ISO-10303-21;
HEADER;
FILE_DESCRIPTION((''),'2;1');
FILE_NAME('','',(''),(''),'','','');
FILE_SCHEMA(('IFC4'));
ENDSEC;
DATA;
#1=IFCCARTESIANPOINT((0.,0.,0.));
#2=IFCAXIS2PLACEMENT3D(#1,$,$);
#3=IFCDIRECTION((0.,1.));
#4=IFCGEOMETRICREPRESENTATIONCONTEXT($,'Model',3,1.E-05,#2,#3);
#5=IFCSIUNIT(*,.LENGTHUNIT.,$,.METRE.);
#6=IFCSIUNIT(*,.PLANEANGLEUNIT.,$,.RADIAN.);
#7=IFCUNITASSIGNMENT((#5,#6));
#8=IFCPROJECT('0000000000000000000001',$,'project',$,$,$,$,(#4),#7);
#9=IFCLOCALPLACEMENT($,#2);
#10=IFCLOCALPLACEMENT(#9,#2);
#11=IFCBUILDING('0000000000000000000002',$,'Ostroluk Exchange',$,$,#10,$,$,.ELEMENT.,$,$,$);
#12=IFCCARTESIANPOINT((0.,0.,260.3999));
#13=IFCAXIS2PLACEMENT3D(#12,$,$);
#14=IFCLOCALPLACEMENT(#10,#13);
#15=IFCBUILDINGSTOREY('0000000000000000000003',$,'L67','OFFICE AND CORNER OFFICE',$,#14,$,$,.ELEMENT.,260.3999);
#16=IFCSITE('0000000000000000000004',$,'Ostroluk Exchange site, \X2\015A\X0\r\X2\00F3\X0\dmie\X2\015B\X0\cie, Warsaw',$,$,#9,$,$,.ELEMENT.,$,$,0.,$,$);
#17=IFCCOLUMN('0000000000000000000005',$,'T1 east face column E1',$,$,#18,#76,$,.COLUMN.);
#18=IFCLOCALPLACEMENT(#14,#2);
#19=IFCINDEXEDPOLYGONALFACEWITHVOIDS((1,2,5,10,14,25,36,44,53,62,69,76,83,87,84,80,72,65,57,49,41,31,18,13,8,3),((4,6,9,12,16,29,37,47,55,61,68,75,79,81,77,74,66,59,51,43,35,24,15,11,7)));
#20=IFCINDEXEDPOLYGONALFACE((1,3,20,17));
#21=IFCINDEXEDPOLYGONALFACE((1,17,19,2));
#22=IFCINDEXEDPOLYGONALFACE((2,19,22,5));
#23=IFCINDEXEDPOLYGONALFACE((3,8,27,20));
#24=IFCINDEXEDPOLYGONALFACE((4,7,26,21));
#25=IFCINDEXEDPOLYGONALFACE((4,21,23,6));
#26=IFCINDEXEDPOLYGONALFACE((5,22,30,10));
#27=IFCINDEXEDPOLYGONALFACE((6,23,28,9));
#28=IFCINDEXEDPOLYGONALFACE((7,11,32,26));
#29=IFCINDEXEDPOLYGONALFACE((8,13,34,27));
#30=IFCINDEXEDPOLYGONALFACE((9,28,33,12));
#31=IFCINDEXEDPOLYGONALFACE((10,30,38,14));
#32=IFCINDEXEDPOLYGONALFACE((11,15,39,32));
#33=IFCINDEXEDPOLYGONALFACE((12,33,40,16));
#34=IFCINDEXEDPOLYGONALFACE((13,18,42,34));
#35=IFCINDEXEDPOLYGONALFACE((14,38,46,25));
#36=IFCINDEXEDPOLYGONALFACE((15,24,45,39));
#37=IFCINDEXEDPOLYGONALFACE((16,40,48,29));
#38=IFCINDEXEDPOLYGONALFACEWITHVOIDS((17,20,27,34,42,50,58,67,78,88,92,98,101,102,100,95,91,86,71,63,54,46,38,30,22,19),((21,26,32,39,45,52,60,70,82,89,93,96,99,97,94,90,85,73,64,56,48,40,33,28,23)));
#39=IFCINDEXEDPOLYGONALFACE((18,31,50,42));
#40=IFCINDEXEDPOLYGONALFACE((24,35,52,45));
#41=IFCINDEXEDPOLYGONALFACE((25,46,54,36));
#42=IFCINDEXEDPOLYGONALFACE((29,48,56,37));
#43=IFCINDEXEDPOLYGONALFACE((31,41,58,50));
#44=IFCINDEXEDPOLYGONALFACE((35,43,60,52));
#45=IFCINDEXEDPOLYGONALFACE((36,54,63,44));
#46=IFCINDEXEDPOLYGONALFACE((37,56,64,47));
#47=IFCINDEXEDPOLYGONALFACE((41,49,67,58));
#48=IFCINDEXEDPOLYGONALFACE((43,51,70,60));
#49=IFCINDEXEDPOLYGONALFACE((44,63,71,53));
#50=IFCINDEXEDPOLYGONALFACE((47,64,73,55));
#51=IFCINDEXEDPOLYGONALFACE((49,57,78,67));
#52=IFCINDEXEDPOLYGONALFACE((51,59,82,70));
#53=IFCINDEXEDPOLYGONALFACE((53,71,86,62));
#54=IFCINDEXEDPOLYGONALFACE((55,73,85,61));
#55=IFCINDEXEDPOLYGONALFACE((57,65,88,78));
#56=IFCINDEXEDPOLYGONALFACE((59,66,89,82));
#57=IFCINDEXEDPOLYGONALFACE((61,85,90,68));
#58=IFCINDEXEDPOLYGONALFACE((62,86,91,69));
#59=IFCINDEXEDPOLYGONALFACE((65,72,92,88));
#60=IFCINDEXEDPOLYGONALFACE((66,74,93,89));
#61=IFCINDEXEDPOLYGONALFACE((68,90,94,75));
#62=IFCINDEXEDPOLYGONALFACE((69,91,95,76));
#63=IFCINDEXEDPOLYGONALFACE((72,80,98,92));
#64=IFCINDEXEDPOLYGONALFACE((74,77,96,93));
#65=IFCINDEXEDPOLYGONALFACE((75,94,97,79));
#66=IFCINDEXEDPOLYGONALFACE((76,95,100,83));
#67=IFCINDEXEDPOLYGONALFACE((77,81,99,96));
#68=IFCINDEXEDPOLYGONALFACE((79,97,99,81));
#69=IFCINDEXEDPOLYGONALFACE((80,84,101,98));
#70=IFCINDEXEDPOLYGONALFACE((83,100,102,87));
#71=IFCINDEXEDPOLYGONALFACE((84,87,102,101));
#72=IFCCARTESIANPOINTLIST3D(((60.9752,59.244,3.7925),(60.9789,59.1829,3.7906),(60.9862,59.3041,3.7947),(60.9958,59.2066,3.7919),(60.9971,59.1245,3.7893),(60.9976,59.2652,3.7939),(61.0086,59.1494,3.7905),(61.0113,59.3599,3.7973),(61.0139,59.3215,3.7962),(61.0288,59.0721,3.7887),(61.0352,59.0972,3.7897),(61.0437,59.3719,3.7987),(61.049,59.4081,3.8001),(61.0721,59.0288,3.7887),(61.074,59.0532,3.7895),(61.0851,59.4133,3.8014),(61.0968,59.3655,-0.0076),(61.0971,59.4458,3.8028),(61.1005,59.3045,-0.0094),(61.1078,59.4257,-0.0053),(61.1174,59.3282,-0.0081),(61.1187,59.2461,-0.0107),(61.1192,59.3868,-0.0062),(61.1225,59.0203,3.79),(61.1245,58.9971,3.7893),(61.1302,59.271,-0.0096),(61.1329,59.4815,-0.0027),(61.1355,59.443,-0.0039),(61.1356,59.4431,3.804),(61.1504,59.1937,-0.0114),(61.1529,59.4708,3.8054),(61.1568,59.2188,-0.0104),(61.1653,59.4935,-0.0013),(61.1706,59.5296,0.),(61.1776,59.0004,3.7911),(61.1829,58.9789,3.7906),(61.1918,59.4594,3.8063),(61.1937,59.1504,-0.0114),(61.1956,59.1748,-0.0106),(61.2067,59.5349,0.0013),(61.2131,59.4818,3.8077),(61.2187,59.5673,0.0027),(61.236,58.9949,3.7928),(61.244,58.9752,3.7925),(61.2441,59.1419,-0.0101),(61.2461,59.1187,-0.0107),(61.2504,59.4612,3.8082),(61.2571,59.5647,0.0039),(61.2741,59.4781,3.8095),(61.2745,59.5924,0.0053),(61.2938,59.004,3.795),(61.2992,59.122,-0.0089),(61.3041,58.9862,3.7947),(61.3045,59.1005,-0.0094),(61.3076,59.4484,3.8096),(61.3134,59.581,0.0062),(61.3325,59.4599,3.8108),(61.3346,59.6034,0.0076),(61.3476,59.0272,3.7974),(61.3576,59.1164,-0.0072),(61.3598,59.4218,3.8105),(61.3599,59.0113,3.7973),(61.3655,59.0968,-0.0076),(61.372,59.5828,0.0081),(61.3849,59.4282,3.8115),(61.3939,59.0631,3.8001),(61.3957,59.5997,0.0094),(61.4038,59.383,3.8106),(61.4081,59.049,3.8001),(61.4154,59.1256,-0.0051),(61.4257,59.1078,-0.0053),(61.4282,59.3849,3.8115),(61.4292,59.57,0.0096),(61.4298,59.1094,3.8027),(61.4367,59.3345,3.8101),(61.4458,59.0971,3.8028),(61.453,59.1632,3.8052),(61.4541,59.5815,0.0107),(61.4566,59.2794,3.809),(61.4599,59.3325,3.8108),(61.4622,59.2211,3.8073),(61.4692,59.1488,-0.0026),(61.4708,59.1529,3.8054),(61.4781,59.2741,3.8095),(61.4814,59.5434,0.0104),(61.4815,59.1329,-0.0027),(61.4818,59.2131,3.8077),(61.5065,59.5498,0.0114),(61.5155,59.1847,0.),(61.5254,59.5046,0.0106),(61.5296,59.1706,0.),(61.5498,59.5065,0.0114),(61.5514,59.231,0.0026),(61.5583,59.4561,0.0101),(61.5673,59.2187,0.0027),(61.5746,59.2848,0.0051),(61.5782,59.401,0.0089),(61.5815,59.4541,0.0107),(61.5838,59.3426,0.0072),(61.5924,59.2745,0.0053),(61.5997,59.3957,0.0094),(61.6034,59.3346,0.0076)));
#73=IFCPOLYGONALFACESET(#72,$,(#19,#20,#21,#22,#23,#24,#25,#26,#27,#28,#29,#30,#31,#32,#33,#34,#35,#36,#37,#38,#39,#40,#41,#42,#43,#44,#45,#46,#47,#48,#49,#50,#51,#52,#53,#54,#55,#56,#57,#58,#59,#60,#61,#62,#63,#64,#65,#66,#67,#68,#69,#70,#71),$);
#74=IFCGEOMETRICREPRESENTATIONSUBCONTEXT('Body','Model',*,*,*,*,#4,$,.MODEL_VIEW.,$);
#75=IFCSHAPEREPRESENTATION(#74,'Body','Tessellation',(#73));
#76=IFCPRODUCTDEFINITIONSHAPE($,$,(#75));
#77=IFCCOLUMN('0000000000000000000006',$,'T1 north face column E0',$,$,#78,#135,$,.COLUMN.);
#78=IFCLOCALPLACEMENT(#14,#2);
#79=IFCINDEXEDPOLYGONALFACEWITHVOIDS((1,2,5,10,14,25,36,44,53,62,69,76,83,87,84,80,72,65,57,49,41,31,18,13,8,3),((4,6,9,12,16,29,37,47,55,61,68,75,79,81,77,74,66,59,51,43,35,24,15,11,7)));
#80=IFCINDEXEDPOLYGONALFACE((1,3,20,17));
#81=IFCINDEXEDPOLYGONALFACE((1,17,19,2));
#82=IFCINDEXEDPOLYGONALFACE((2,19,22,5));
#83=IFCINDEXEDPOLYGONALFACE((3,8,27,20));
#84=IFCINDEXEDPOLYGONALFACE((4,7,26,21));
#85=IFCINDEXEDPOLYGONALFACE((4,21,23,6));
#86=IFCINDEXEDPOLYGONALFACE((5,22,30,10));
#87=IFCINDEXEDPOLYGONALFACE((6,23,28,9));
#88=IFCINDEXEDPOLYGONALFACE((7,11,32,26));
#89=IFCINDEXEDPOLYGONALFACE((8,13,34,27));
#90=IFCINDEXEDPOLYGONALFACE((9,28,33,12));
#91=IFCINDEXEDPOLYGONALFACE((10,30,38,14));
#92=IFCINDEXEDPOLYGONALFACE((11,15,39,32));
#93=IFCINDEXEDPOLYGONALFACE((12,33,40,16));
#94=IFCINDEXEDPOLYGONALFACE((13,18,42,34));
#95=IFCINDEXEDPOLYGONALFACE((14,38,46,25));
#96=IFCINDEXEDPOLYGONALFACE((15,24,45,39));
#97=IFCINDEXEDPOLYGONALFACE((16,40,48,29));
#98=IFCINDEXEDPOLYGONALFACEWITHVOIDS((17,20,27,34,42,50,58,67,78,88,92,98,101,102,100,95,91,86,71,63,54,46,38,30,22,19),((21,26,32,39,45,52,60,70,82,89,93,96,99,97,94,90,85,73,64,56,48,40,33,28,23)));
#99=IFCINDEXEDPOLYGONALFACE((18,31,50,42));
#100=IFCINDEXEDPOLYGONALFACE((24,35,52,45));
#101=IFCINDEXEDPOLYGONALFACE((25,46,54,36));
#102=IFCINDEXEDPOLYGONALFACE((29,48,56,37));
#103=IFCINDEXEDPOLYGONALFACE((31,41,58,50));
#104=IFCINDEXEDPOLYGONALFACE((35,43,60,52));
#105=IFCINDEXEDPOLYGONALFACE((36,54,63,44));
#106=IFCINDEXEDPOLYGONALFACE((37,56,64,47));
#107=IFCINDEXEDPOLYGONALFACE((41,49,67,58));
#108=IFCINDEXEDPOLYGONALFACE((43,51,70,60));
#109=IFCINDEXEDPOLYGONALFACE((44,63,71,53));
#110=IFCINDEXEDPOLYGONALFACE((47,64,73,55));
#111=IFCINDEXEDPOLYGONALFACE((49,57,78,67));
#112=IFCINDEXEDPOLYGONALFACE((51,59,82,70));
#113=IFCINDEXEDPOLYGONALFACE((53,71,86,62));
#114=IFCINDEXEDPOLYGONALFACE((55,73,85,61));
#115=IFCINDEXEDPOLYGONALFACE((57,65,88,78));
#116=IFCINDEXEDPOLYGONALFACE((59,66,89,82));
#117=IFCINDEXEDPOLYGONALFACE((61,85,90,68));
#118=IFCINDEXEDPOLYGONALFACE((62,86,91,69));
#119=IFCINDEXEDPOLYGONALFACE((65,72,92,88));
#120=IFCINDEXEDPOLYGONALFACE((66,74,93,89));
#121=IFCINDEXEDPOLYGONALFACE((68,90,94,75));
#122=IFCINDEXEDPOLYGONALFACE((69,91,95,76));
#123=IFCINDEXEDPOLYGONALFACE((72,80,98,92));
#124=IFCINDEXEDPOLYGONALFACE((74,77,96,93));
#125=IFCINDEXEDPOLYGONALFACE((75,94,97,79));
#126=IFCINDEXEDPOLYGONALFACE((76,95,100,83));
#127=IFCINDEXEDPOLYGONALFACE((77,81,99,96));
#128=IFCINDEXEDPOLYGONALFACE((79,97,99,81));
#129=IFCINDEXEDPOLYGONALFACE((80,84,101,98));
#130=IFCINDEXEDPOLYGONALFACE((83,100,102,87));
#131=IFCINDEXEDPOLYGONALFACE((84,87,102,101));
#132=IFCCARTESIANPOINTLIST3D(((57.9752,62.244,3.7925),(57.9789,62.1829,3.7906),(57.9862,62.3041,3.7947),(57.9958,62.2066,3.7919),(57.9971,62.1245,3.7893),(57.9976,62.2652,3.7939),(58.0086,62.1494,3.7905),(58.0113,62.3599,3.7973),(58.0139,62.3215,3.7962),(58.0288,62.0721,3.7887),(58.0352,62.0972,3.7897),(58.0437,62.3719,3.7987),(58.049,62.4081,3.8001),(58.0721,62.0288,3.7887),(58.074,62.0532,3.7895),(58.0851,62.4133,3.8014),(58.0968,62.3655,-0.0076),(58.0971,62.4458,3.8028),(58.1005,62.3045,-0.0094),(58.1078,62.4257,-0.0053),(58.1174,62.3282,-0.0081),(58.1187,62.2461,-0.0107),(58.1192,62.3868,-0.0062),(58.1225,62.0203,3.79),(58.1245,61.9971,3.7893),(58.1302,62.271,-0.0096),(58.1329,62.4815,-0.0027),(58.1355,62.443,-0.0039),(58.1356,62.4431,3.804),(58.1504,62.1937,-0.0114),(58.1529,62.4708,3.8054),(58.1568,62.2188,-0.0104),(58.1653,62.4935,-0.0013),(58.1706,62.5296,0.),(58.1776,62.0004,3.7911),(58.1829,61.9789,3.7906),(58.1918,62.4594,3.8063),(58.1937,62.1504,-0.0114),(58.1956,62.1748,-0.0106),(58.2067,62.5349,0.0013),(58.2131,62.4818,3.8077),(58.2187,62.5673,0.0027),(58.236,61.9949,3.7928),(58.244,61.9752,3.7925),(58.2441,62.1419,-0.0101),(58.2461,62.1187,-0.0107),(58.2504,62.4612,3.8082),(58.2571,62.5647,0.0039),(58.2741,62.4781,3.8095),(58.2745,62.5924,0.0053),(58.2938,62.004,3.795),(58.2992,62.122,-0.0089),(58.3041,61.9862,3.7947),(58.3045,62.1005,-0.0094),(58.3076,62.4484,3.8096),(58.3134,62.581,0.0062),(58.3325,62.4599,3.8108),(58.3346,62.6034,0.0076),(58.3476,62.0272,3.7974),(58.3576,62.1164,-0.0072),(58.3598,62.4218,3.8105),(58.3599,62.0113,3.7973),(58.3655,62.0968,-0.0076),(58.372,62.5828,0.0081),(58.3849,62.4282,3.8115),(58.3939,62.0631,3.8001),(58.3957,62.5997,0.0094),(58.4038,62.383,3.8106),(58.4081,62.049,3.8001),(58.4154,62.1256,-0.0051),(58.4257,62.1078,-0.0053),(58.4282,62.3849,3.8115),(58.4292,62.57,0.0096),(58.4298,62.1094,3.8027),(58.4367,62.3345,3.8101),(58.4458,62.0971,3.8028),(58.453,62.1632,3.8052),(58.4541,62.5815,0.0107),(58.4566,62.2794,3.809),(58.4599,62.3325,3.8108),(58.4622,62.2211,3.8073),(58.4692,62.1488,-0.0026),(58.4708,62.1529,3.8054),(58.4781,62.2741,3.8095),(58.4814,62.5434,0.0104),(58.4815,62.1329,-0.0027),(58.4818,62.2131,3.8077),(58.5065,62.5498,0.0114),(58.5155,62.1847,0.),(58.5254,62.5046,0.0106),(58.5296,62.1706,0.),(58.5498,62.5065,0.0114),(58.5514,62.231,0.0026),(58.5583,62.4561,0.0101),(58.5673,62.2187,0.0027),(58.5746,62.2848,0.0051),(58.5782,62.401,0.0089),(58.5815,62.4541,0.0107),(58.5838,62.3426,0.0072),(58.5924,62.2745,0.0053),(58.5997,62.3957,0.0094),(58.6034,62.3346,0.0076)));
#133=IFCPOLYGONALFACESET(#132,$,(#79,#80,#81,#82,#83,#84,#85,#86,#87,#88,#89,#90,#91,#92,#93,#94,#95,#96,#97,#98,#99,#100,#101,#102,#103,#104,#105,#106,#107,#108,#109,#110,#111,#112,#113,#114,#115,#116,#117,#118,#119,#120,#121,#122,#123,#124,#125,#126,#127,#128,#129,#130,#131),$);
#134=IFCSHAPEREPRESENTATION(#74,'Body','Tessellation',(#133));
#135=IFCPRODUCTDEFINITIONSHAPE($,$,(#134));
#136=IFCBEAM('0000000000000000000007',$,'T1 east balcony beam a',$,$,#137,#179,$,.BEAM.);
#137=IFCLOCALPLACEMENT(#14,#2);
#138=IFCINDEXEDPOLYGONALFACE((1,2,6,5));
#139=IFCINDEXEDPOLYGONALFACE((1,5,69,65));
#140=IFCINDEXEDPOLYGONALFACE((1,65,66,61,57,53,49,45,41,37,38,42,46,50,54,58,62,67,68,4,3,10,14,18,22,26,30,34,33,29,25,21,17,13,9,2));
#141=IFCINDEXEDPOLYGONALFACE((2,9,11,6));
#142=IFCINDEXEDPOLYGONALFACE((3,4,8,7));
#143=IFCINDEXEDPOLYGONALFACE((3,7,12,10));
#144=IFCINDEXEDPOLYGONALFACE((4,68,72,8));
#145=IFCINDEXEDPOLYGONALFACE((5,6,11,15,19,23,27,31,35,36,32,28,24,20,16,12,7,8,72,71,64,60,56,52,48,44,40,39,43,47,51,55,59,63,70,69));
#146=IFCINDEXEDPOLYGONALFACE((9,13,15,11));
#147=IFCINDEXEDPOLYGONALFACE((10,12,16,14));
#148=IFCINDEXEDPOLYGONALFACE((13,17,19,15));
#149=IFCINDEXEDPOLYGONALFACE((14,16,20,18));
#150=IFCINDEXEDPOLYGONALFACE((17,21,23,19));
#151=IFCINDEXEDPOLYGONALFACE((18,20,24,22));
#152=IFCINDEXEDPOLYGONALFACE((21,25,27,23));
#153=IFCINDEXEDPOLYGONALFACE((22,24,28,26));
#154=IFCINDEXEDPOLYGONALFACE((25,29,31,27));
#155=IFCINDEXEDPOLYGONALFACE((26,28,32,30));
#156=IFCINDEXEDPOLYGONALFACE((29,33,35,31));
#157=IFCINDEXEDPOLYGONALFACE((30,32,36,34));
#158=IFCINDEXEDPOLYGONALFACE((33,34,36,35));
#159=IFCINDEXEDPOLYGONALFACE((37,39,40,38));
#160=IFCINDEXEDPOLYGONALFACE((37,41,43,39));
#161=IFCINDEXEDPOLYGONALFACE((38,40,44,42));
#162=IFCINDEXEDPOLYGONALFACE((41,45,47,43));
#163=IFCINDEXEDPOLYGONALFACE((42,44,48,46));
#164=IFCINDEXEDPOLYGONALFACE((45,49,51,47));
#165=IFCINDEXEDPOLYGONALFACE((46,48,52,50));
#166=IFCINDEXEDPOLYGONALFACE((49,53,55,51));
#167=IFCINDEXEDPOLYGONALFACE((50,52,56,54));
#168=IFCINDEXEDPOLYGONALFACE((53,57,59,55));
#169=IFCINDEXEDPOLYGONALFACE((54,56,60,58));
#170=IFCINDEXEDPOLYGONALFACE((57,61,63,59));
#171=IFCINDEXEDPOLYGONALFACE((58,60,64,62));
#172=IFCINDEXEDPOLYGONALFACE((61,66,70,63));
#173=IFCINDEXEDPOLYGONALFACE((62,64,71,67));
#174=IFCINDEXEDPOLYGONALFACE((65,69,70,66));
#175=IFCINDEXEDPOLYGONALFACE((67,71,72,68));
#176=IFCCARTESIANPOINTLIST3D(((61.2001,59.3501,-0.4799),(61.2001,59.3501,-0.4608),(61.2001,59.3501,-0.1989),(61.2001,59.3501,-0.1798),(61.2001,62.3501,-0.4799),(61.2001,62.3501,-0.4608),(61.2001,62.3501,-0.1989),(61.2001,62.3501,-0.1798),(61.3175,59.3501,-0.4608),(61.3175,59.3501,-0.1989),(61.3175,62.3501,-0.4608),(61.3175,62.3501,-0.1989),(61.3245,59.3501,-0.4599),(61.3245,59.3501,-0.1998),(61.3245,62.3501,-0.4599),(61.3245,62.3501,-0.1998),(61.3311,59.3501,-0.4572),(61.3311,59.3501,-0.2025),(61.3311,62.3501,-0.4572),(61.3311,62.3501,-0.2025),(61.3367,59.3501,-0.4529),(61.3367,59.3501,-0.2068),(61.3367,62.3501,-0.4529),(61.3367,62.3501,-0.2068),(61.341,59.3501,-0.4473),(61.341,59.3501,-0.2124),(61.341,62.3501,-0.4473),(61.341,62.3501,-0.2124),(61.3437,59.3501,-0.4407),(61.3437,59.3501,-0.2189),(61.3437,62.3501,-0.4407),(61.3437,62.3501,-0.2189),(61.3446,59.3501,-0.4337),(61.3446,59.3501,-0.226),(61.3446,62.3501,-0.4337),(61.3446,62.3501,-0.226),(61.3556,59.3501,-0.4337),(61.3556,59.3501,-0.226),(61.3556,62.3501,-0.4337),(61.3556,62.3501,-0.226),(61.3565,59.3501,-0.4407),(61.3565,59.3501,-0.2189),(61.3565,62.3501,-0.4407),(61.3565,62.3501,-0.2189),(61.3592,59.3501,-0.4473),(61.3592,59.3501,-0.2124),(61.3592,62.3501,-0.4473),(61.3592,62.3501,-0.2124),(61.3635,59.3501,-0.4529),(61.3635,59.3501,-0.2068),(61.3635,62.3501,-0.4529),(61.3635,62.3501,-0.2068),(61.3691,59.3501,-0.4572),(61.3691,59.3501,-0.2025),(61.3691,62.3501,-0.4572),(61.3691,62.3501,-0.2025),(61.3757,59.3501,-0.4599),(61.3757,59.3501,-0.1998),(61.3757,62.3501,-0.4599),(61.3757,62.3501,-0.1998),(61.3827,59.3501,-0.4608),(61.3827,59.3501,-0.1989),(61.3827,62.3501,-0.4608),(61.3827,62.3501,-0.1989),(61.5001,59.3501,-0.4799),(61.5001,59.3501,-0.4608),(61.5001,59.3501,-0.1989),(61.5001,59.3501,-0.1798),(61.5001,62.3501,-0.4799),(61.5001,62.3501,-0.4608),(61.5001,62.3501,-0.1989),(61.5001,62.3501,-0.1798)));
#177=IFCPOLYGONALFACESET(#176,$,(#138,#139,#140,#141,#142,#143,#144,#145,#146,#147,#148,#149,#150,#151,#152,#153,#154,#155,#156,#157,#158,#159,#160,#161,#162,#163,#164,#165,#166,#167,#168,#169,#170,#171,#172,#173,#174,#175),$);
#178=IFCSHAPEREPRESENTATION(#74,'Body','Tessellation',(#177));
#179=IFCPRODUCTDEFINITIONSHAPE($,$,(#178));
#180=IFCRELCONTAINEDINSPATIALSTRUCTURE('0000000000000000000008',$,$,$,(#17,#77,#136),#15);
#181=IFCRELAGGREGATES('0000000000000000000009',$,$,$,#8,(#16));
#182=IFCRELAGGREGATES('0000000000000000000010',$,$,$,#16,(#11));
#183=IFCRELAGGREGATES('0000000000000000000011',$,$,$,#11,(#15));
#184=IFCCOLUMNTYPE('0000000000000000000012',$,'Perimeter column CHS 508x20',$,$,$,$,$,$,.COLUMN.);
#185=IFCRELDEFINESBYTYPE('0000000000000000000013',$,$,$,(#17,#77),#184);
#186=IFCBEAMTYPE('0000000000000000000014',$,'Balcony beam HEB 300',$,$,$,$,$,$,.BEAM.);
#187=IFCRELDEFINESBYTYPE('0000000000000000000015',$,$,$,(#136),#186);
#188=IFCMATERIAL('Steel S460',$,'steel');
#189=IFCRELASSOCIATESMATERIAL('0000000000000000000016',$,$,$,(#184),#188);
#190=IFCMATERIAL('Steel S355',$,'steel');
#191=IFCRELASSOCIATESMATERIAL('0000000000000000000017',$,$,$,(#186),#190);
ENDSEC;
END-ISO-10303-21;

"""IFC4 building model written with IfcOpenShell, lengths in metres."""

from ifc_helpers import new_model, si_unit, direction, frame, origin, origin_2d, place, context, subcontext, project, spatial, hollow_circle, i_section, extrude, material, material_profile, profile_set, type_object, element, save


model = new_model("IFC4")

# Units and contexts
model_context = context("Model", 3, precision=1e-05, world=origin(), true_north=direction((0.0, 1.0)))
body_context = subcontext(model_context, "Body", "Model", "MODEL_VIEW")
ifc_project = project(units=[si_unit("LENGTHUNIT", "METRE"), si_unit("PLANEANGLEUNIT", "RADIAN")], contexts=[model_context])

# Site, building, storey
site_placement = place(None, origin())
site = spatial("IfcSite", under=ifc_project, at=site_placement, Name="Ostroluk Exchange site, Śródmieście, Warsaw", CompositionType="ELEMENT", RefElevation=0.0)
building_placement = place(site_placement, origin())
building = spatial("IfcBuilding", under=site, at=building_placement, Name="Ostroluk Exchange", CompositionType="ELEMENT")
storey_placement = place(building_placement, frame((0.0, 0.0, 260.3999)))
storey = spatial("IfcBuildingStorey", under=building, at=storey_placement, Name="L67", Description="OFFICE AND CORNER OFFICE", CompositionType="ELEMENT", Elevation=260.3999)

# Columns
ifc_material_1 = material(Name="Steel S460", Category="steel")
ifc_material_profile_1 = material_profile(ifc_material_1, hollow_circle(Radius=0.2539, WallThickness=0.02, at=origin_2d()), Name="CHS 508x20")
ifc_profile_set_1 = profile_set([ifc_material_profile_1], Name="Steel S460")
column_type = type_object("IfcColumnType", Name="Perimeter column CHS 508x20", PredefinedType="COLUMN", material=ifc_profile_set_1)
for number, where, z_axis, x_axis, name in (
    (1, (61.3501, 59.3501, 0.0), (-0.031962, -0.031962, 0.998978), (0.707107, -0.707107, 0.0), "T1 east face column E1"),
    (2, (58.3501, 62.3501, 0.0), (-0.031962, -0.031962, 0.998978), (0.707107, -0.707107, 0.0), "T1 north face column E0"),
):
    element("IfcColumn", number, at=place(storey_placement, frame(where, z_axis=z_axis, x_axis=x_axis)), inside=storey, type_object=column_type, Name=name, PredefinedType="COLUMN", context=body_context, shape_type="SweptSolid", body=[
        extrude(hollow_circle(Radius=0.2539, WallThickness=0.02, at=origin_2d()), origin(), (0.0, 0.0, 1.0), 3.804),
    ])

# Beam
ifc_material_2 = material(Name="Steel S355", Category="steel")
ifc_material_profile_2 = material_profile(ifc_material_2, i_section(OverallWidth=0.3, OverallDepth=0.3, WebThickness=0.011, FlangeThickness=0.019, FilletRadius=0.0271, at=origin_2d()), Name="HEB 300")
ifc_profile_set_2 = profile_set([ifc_material_profile_2], Name="Steel S355")
beam_type_1 = type_object("IfcBeamType", Name="Balcony beam HEB 300", PredefinedType="BEAM", material=ifc_profile_set_2)
for number, where, z_axis, x_axis, name in (
    (3, (61.3501, 59.3501, -0.3298), (0.0, 1.0, 0.0), (-1.0, 0.0, 0.0), "T1 east balcony beam a"),
):
    element("IfcBeam", number, at=place(storey_placement, frame(where, z_axis=z_axis, x_axis=x_axis)), inside=storey, type_object=beam_type_1, Name=name, PredefinedType="BEAM", context=body_context, shape_type="SweptSolid", body=[
        extrude(i_section(OverallWidth=0.3, OverallDepth=0.3, WebThickness=0.011, FlangeThickness=0.019, FilletRadius=0.0271, at=origin_2d()), origin(), (0.0, 0.0, 1.0), 3.0),
    ])

save(model, "model.ifc")
